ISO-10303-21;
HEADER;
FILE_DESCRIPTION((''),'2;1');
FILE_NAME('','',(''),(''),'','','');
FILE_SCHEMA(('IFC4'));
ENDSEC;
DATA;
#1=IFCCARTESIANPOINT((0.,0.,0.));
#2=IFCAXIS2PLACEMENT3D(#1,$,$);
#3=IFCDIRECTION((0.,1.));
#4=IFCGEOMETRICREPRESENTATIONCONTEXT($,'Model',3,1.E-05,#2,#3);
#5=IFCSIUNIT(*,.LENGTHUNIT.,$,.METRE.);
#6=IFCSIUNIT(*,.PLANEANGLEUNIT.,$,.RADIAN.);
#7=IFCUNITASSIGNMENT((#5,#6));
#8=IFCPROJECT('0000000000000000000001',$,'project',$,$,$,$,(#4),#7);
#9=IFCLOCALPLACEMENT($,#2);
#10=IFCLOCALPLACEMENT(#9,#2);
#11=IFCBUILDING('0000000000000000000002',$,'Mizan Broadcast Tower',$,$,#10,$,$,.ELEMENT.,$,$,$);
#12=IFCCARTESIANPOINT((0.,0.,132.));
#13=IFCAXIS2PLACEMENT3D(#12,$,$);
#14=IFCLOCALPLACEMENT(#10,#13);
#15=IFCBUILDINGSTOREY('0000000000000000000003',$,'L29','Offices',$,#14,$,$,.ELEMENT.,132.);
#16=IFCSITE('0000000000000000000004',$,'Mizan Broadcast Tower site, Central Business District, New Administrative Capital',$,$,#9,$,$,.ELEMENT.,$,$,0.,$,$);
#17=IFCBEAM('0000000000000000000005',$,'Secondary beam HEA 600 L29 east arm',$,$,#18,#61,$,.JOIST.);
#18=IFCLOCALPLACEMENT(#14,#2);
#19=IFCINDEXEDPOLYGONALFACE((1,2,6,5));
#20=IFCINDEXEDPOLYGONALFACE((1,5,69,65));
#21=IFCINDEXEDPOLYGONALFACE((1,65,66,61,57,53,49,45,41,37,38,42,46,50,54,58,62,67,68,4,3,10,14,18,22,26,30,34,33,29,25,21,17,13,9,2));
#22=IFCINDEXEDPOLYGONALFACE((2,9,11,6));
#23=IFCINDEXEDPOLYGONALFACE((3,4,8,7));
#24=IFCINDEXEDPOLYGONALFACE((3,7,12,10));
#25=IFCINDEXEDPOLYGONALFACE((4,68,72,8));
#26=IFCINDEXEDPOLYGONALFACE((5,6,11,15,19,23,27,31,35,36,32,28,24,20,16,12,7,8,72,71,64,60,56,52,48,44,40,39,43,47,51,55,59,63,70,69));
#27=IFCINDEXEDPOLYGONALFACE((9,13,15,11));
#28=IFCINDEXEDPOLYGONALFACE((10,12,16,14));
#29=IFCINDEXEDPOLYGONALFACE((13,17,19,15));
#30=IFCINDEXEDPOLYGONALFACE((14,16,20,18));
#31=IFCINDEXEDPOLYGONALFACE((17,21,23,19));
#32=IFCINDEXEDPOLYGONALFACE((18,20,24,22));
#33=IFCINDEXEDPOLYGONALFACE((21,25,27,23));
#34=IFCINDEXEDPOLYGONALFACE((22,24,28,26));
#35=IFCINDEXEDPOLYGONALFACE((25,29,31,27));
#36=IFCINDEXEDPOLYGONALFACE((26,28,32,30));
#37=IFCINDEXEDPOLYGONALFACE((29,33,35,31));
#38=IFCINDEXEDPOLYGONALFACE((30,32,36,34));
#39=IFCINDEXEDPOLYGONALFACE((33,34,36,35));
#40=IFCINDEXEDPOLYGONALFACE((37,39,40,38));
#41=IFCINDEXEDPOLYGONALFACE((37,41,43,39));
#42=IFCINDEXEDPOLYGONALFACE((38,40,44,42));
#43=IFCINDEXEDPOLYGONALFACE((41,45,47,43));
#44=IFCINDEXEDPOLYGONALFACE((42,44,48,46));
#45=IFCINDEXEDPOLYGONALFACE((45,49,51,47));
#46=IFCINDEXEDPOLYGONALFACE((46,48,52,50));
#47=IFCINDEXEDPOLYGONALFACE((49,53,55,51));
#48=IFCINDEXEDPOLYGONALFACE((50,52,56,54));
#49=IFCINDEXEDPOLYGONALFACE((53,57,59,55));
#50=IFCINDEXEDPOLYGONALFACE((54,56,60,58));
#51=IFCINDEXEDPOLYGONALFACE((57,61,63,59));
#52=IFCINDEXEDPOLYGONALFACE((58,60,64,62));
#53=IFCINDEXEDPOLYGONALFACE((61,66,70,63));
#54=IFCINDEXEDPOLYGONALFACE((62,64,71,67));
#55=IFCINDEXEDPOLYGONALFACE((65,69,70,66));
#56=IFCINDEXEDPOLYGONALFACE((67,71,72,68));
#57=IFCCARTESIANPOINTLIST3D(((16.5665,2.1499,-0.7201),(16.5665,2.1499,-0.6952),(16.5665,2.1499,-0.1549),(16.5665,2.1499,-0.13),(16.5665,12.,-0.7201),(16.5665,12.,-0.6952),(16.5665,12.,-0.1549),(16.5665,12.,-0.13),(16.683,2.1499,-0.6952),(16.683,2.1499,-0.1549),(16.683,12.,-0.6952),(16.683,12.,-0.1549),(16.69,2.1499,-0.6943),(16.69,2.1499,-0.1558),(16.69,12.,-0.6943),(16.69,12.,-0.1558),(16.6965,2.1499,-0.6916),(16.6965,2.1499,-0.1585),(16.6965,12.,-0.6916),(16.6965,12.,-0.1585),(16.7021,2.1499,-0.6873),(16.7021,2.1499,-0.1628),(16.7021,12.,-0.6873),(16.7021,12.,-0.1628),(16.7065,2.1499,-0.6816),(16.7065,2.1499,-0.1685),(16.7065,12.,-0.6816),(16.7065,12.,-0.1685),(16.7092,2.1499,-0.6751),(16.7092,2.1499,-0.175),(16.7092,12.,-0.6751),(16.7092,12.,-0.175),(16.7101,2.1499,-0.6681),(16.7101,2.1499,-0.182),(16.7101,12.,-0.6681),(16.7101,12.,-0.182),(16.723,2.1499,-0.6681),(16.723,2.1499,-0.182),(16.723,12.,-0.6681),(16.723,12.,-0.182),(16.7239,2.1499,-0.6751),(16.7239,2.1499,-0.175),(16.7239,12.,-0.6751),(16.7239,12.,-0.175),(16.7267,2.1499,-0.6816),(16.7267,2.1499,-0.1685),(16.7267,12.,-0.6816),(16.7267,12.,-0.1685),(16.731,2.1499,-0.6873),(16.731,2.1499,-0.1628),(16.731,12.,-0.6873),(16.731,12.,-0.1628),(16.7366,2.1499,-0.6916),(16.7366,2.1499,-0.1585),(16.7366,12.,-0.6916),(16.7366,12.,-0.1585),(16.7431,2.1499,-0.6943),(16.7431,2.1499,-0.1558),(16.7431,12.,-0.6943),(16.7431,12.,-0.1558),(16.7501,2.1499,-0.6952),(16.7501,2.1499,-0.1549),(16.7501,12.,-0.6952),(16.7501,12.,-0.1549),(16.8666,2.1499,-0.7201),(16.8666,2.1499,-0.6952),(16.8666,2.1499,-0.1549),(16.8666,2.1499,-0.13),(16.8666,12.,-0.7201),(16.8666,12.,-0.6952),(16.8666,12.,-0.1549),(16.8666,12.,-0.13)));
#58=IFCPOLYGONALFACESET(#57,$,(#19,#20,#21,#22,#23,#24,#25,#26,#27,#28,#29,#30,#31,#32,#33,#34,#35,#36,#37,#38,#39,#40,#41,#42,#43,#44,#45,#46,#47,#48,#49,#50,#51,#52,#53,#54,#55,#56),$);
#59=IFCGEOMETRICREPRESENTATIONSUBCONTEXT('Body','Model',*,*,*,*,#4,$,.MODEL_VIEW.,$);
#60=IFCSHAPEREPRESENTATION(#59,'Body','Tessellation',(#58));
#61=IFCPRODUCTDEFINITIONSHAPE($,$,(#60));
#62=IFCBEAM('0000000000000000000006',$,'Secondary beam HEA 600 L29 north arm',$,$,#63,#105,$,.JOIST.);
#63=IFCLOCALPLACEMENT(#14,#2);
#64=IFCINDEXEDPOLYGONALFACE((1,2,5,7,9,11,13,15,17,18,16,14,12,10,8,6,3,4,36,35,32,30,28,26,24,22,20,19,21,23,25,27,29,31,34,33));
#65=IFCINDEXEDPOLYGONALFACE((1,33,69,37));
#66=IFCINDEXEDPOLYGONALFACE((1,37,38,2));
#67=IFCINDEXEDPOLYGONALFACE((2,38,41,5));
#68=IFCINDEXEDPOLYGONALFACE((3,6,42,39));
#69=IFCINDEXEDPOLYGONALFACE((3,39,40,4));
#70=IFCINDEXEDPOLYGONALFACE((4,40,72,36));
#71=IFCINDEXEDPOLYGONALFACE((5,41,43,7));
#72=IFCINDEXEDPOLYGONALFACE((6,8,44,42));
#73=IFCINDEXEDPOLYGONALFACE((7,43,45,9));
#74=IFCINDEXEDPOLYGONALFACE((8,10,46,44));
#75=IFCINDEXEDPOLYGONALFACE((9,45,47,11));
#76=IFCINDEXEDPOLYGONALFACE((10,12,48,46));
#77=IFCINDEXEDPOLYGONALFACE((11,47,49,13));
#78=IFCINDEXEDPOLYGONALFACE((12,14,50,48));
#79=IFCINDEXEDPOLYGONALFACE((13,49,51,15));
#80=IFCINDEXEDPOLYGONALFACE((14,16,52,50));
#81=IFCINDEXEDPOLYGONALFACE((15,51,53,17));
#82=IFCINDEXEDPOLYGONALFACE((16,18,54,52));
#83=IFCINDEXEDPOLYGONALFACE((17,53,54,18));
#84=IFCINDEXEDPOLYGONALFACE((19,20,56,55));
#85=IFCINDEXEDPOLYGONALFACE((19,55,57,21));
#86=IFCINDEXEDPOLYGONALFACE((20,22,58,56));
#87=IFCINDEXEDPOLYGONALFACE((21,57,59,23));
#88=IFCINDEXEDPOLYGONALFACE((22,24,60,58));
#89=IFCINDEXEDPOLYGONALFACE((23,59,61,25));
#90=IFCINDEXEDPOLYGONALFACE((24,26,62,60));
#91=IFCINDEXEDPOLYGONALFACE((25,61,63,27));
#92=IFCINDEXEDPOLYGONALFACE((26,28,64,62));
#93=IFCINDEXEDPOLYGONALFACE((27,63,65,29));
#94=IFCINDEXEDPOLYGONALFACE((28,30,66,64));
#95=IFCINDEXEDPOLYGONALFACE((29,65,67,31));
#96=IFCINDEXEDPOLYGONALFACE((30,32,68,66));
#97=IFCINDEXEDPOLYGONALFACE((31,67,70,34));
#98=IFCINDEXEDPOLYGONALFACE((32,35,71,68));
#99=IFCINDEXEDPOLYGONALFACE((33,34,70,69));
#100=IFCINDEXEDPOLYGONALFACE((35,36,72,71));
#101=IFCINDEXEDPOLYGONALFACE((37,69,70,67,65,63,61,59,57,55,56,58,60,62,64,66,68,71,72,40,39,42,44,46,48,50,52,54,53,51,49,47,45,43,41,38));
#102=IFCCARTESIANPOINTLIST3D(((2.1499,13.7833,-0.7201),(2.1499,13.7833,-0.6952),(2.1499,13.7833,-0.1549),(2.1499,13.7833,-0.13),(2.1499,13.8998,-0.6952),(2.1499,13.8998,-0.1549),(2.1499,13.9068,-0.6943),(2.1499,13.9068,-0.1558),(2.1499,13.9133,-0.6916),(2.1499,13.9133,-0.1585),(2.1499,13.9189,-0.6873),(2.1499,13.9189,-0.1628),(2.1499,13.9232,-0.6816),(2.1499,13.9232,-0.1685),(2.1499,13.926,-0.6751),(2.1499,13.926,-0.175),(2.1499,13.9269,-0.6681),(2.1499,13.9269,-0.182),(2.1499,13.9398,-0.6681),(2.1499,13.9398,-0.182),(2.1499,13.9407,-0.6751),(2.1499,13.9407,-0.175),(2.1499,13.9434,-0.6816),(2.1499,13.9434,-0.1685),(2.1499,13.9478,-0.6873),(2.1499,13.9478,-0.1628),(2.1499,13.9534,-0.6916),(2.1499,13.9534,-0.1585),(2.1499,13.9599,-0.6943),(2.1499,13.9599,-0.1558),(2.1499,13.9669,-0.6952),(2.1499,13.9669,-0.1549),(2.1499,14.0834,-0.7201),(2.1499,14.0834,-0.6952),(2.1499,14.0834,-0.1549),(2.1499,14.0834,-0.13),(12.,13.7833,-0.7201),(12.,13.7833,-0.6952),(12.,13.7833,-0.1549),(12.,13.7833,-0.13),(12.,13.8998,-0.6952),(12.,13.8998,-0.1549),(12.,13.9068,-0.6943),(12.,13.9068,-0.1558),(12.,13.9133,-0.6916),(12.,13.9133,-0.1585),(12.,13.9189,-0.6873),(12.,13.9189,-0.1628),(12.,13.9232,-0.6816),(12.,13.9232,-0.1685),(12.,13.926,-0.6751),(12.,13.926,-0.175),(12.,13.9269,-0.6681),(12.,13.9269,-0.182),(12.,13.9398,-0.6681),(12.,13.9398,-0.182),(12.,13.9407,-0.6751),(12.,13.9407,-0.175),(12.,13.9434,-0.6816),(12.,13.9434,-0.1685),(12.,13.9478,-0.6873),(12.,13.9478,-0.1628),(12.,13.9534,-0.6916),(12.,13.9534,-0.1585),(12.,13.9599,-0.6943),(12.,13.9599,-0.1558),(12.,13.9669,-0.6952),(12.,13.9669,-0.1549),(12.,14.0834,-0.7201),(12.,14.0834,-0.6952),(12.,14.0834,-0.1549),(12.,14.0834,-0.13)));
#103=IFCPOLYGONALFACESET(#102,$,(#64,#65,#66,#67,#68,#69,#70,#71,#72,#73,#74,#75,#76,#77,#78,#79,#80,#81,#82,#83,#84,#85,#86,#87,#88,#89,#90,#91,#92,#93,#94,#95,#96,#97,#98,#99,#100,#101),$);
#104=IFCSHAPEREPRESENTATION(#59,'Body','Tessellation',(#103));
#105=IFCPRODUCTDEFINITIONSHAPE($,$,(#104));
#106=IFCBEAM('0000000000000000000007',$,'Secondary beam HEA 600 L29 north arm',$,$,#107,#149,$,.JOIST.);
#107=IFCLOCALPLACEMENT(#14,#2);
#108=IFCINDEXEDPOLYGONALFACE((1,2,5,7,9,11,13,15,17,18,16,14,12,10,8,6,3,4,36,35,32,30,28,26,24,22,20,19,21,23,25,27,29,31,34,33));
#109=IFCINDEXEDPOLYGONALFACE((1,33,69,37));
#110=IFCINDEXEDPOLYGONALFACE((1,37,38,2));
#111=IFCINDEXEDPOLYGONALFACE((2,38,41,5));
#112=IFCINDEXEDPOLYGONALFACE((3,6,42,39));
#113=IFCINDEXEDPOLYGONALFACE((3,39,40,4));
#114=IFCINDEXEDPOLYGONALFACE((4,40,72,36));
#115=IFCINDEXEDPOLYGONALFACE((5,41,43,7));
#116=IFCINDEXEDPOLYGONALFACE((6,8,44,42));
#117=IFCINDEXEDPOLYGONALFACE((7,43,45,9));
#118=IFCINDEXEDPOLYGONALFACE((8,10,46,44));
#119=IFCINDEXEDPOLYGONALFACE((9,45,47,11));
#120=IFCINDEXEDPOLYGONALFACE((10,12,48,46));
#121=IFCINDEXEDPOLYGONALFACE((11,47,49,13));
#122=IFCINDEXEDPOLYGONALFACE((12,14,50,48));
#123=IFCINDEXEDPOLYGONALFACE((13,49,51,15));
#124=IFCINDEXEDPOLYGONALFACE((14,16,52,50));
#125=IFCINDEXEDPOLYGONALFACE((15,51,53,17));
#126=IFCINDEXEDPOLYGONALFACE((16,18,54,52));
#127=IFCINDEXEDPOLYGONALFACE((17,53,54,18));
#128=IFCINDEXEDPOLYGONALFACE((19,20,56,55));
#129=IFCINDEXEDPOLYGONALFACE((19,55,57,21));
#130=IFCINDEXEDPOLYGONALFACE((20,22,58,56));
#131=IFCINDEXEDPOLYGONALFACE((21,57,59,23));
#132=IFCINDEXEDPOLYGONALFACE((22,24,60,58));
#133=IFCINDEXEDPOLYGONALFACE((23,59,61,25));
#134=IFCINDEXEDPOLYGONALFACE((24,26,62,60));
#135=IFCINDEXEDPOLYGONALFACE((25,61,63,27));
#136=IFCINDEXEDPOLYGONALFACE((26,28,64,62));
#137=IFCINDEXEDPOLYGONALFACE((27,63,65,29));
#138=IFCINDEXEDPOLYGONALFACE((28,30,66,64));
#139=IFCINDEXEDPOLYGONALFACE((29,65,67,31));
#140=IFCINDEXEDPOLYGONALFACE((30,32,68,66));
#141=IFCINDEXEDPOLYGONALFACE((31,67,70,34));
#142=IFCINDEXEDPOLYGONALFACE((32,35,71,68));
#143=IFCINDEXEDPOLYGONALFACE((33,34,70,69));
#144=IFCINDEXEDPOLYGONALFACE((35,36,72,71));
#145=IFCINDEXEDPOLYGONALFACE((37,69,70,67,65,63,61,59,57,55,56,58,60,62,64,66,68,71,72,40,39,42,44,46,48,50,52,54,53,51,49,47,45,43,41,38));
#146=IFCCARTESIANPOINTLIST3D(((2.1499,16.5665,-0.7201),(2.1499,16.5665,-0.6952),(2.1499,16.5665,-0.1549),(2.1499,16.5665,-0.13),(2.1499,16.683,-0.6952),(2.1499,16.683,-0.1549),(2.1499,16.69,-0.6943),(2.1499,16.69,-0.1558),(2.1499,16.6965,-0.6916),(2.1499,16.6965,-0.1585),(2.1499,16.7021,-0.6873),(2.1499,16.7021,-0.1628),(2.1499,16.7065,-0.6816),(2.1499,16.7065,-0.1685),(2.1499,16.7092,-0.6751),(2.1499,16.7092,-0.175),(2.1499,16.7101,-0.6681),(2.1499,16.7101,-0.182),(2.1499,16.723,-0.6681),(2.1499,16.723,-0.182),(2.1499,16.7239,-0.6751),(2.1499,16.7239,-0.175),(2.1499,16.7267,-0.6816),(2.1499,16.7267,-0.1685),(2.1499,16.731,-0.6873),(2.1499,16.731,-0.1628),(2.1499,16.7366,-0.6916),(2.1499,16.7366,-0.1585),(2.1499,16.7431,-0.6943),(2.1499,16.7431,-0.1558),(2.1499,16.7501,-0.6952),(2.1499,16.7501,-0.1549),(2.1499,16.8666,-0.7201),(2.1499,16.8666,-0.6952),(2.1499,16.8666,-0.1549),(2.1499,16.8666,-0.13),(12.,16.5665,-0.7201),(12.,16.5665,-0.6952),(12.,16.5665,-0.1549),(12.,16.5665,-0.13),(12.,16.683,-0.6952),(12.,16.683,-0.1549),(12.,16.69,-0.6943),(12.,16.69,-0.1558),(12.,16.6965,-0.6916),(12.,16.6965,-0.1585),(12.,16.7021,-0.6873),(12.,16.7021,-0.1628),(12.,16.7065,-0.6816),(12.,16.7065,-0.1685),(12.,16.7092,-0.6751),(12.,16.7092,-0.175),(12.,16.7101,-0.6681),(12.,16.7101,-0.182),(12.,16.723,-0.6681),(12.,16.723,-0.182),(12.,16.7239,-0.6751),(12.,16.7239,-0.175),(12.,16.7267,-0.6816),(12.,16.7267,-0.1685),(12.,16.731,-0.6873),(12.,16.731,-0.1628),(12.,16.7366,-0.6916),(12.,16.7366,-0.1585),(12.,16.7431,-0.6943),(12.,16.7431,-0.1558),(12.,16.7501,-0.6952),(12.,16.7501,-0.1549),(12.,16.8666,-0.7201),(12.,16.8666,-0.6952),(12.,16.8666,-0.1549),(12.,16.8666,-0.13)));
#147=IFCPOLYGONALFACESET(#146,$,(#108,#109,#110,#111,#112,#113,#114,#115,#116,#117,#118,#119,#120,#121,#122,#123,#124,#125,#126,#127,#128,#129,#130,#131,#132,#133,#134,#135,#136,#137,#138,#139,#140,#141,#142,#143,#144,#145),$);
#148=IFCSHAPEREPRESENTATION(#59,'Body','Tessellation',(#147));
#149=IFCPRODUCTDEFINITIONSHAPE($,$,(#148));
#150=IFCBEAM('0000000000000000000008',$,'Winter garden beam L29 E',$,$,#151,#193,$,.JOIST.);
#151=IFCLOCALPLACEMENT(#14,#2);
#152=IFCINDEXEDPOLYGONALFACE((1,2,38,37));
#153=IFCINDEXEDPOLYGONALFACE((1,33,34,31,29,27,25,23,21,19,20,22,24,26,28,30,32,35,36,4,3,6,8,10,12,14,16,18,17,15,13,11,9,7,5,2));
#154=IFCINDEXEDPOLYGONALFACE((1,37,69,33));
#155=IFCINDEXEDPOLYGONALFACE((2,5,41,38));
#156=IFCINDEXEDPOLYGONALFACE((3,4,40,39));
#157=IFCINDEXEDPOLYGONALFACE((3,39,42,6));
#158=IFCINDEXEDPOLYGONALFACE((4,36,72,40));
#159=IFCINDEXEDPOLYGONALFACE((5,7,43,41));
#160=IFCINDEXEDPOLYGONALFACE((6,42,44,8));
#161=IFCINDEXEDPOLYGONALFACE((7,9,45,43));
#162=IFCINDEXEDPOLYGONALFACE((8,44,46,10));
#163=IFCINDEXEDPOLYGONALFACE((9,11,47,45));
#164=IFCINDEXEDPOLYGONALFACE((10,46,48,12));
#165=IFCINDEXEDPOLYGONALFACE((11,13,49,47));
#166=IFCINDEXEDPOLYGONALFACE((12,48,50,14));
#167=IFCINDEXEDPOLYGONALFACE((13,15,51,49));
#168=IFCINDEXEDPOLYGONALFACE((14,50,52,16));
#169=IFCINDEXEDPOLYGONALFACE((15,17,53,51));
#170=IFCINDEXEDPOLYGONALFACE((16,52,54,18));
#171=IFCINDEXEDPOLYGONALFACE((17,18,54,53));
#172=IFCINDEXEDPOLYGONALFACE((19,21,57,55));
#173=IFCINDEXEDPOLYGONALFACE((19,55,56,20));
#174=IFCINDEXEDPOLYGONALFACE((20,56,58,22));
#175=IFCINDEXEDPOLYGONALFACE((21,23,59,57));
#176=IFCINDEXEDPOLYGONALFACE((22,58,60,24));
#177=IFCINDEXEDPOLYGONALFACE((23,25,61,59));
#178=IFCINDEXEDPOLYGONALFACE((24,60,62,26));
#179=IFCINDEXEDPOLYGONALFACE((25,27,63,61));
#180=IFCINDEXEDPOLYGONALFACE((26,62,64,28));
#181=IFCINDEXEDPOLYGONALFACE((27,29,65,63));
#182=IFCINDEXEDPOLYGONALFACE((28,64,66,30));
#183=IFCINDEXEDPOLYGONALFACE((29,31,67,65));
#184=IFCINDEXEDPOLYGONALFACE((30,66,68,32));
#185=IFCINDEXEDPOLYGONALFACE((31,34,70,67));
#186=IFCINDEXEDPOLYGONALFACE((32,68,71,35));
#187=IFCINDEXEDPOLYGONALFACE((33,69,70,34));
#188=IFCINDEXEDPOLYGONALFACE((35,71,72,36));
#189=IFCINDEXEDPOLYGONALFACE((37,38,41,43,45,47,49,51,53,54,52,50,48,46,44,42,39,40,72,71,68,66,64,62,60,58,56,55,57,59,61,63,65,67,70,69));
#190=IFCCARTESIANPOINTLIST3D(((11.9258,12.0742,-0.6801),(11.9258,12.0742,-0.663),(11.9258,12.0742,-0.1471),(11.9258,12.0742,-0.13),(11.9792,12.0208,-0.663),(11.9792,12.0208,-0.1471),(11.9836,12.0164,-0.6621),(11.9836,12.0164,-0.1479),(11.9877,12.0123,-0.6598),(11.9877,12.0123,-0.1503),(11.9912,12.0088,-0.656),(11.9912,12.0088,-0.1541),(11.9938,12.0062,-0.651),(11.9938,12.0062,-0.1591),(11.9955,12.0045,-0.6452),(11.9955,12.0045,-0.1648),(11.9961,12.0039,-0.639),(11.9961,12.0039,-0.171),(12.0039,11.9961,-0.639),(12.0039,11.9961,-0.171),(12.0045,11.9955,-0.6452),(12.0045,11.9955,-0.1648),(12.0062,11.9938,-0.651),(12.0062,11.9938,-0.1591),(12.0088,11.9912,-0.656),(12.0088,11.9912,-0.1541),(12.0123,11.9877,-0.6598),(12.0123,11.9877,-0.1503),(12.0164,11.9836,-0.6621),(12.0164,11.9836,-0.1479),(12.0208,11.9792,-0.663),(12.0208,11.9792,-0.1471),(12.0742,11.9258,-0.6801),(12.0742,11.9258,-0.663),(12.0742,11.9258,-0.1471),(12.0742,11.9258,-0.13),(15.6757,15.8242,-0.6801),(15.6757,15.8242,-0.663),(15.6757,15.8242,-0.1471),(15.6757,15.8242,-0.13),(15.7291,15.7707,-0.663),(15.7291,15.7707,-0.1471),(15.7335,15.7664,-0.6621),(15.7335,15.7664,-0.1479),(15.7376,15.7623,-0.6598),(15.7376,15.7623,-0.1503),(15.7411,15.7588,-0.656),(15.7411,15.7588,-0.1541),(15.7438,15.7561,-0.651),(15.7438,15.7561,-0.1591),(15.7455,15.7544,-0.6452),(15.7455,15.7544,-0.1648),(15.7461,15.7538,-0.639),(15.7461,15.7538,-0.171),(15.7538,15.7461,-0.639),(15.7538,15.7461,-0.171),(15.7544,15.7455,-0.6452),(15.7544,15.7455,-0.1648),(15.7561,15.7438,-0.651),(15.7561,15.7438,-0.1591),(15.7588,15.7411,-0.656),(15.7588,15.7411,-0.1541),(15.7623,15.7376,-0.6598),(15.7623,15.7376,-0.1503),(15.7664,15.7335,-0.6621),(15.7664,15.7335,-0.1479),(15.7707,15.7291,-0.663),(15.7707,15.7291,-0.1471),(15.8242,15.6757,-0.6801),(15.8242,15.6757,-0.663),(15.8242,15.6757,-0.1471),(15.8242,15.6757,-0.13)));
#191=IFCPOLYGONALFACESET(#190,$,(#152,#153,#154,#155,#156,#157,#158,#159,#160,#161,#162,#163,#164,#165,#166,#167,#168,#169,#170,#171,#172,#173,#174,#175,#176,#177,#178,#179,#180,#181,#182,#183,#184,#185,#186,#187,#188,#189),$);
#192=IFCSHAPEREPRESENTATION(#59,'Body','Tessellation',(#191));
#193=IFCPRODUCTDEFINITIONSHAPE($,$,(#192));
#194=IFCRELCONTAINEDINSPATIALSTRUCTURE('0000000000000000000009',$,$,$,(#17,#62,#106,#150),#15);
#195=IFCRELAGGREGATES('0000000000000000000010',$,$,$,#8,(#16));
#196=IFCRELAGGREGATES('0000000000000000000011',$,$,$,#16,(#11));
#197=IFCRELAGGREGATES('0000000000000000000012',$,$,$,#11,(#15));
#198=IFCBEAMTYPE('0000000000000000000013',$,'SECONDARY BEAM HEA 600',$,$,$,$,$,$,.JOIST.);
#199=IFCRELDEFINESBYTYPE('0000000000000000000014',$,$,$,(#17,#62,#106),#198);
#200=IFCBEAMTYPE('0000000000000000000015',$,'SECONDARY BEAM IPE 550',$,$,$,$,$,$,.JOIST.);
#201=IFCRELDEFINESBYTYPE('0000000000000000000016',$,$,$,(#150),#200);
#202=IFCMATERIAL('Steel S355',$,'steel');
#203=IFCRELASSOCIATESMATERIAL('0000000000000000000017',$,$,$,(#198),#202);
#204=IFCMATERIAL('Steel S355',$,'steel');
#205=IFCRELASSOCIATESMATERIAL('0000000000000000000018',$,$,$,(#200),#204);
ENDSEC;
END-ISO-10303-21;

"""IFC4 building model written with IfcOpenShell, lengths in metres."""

from ifc_helpers import new_model, si_unit, direction, frame, origin, origin_2d, place, context, subcontext, project, spatial, i_section, extrude, material, material_profile, profile_set, type_object, element, save


model = new_model("IFC4")

# Units and contexts
model_context = context("Model", 3, precision=1e-05, world=origin(), true_north=direction((0.0, 1.0)))
body_context = subcontext(model_context, "Body", "Model", "MODEL_VIEW")
ifc_project = project(units=[si_unit("LENGTHUNIT", "METRE"), si_unit("PLANEANGLEUNIT", "RADIAN")], contexts=[model_context])

# Site, building, storey
site_placement = place(None, origin())
site = spatial("IfcSite", under=ifc_project, at=site_placement, Name="Mizan Broadcast Tower site, Central Business District, New Administrative Capital", CompositionType="ELEMENT", RefElevation=0.0)
building_placement = place(site_placement, origin())
building = spatial("IfcBuilding", under=site, at=building_placement, Name="Mizan Broadcast Tower", CompositionType="ELEMENT")
storey_placement = place(building_placement, frame((0.0, 0.0, 132.0)))
storey = spatial("IfcBuildingStorey", under=building, at=storey_placement, Name="L29", Description="Offices", CompositionType="ELEMENT", Elevation=132.0)

# Beams
ifc_material_1 = material(Name="Steel S355", Category="steel")
ifc_material_profile_1 = material_profile(ifc_material_1, i_section(OverallWidth=0.3, OverallDepth=0.5901, WebThickness=0.0129, FlangeThickness=0.0249, FilletRadius=0.0271, at=origin_2d()), Name="HEA 600")
ifc_profile_set_1 = profile_set([ifc_material_profile_1], Name="Steel S355")
beam_type_1 = type_object("IfcBeamType", Name="SECONDARY BEAM HEA 600", PredefinedType="JOIST", material=ifc_profile_set_1)
for number, where, z_axis, x_axis, name in (
    (1, (16.7166, 12.0, -0.425), (0.0, -1.0, 0.0), (1.0, 0.0, 0.0), "Secondary beam HEA 600 L29 east arm"),
    (2, (12.0, 13.9333, -0.425), (-1.0, 0.0, 0.0), (0.0, -1.0, 0.0), "Secondary beam HEA 600 L29 north arm"),
    (3, (12.0, 16.7166, -0.425), (-1.0, 0.0, 0.0), (0.0, -1.0, 0.0), "Secondary beam HEA 600 L29 north arm"),
):
    element("IfcBeam", number, at=place(storey_placement, frame(where, z_axis=z_axis, x_axis=x_axis)), inside=storey, type_object=beam_type_1, Name=name, PredefinedType="JOIST", context=body_context, shape_type="SweptSolid", body=[
        extrude(i_section(OverallWidth=0.3, OverallDepth=0.5901, WebThickness=0.0129, FlangeThickness=0.0249, FilletRadius=0.0271, at=origin_2d()), origin(), (0.0, 0.0, 1.0), 9.8501),
    ])
ifc_material_2 = material(Name="Steel S355", Category="steel")
ifc_material_profile_2 = material_profile(ifc_material_2, i_section(OverallWidth=0.21, OverallDepth=0.55, WebThickness=0.011, FlangeThickness=0.0171, FilletRadius=0.0239, at=origin_2d()), Name="IPE 550")
ifc_profile_set_2 = profile_set([ifc_material_profile_2], Name="Steel S355")
beam_type_2 = type_object("IfcBeamType", Name="SECONDARY BEAM IPE 550", PredefinedType="JOIST", material=ifc_profile_set_2)
beam_1_placement = place(storey_placement, frame((12.0, 12.0, -0.405), z_axis=(0.707107, 0.707107, 0.0), x_axis=(-0.707107, 0.707107, 0.0)))
element("IfcBeam", 4, at=beam_1_placement, inside=storey, type_object=beam_type_2, Name="Winter garden beam L29 E", PredefinedType="JOIST", context=body_context, shape_type="SweptSolid", body=[
    extrude(i_section(OverallWidth=0.21, OverallDepth=0.55, WebThickness=0.011, FlangeThickness=0.0171, FilletRadius=0.0239, at=origin_2d()), origin(), (0.0, 0.0, 1.0), 5.3032),
])

save(model, "model.ifc")
